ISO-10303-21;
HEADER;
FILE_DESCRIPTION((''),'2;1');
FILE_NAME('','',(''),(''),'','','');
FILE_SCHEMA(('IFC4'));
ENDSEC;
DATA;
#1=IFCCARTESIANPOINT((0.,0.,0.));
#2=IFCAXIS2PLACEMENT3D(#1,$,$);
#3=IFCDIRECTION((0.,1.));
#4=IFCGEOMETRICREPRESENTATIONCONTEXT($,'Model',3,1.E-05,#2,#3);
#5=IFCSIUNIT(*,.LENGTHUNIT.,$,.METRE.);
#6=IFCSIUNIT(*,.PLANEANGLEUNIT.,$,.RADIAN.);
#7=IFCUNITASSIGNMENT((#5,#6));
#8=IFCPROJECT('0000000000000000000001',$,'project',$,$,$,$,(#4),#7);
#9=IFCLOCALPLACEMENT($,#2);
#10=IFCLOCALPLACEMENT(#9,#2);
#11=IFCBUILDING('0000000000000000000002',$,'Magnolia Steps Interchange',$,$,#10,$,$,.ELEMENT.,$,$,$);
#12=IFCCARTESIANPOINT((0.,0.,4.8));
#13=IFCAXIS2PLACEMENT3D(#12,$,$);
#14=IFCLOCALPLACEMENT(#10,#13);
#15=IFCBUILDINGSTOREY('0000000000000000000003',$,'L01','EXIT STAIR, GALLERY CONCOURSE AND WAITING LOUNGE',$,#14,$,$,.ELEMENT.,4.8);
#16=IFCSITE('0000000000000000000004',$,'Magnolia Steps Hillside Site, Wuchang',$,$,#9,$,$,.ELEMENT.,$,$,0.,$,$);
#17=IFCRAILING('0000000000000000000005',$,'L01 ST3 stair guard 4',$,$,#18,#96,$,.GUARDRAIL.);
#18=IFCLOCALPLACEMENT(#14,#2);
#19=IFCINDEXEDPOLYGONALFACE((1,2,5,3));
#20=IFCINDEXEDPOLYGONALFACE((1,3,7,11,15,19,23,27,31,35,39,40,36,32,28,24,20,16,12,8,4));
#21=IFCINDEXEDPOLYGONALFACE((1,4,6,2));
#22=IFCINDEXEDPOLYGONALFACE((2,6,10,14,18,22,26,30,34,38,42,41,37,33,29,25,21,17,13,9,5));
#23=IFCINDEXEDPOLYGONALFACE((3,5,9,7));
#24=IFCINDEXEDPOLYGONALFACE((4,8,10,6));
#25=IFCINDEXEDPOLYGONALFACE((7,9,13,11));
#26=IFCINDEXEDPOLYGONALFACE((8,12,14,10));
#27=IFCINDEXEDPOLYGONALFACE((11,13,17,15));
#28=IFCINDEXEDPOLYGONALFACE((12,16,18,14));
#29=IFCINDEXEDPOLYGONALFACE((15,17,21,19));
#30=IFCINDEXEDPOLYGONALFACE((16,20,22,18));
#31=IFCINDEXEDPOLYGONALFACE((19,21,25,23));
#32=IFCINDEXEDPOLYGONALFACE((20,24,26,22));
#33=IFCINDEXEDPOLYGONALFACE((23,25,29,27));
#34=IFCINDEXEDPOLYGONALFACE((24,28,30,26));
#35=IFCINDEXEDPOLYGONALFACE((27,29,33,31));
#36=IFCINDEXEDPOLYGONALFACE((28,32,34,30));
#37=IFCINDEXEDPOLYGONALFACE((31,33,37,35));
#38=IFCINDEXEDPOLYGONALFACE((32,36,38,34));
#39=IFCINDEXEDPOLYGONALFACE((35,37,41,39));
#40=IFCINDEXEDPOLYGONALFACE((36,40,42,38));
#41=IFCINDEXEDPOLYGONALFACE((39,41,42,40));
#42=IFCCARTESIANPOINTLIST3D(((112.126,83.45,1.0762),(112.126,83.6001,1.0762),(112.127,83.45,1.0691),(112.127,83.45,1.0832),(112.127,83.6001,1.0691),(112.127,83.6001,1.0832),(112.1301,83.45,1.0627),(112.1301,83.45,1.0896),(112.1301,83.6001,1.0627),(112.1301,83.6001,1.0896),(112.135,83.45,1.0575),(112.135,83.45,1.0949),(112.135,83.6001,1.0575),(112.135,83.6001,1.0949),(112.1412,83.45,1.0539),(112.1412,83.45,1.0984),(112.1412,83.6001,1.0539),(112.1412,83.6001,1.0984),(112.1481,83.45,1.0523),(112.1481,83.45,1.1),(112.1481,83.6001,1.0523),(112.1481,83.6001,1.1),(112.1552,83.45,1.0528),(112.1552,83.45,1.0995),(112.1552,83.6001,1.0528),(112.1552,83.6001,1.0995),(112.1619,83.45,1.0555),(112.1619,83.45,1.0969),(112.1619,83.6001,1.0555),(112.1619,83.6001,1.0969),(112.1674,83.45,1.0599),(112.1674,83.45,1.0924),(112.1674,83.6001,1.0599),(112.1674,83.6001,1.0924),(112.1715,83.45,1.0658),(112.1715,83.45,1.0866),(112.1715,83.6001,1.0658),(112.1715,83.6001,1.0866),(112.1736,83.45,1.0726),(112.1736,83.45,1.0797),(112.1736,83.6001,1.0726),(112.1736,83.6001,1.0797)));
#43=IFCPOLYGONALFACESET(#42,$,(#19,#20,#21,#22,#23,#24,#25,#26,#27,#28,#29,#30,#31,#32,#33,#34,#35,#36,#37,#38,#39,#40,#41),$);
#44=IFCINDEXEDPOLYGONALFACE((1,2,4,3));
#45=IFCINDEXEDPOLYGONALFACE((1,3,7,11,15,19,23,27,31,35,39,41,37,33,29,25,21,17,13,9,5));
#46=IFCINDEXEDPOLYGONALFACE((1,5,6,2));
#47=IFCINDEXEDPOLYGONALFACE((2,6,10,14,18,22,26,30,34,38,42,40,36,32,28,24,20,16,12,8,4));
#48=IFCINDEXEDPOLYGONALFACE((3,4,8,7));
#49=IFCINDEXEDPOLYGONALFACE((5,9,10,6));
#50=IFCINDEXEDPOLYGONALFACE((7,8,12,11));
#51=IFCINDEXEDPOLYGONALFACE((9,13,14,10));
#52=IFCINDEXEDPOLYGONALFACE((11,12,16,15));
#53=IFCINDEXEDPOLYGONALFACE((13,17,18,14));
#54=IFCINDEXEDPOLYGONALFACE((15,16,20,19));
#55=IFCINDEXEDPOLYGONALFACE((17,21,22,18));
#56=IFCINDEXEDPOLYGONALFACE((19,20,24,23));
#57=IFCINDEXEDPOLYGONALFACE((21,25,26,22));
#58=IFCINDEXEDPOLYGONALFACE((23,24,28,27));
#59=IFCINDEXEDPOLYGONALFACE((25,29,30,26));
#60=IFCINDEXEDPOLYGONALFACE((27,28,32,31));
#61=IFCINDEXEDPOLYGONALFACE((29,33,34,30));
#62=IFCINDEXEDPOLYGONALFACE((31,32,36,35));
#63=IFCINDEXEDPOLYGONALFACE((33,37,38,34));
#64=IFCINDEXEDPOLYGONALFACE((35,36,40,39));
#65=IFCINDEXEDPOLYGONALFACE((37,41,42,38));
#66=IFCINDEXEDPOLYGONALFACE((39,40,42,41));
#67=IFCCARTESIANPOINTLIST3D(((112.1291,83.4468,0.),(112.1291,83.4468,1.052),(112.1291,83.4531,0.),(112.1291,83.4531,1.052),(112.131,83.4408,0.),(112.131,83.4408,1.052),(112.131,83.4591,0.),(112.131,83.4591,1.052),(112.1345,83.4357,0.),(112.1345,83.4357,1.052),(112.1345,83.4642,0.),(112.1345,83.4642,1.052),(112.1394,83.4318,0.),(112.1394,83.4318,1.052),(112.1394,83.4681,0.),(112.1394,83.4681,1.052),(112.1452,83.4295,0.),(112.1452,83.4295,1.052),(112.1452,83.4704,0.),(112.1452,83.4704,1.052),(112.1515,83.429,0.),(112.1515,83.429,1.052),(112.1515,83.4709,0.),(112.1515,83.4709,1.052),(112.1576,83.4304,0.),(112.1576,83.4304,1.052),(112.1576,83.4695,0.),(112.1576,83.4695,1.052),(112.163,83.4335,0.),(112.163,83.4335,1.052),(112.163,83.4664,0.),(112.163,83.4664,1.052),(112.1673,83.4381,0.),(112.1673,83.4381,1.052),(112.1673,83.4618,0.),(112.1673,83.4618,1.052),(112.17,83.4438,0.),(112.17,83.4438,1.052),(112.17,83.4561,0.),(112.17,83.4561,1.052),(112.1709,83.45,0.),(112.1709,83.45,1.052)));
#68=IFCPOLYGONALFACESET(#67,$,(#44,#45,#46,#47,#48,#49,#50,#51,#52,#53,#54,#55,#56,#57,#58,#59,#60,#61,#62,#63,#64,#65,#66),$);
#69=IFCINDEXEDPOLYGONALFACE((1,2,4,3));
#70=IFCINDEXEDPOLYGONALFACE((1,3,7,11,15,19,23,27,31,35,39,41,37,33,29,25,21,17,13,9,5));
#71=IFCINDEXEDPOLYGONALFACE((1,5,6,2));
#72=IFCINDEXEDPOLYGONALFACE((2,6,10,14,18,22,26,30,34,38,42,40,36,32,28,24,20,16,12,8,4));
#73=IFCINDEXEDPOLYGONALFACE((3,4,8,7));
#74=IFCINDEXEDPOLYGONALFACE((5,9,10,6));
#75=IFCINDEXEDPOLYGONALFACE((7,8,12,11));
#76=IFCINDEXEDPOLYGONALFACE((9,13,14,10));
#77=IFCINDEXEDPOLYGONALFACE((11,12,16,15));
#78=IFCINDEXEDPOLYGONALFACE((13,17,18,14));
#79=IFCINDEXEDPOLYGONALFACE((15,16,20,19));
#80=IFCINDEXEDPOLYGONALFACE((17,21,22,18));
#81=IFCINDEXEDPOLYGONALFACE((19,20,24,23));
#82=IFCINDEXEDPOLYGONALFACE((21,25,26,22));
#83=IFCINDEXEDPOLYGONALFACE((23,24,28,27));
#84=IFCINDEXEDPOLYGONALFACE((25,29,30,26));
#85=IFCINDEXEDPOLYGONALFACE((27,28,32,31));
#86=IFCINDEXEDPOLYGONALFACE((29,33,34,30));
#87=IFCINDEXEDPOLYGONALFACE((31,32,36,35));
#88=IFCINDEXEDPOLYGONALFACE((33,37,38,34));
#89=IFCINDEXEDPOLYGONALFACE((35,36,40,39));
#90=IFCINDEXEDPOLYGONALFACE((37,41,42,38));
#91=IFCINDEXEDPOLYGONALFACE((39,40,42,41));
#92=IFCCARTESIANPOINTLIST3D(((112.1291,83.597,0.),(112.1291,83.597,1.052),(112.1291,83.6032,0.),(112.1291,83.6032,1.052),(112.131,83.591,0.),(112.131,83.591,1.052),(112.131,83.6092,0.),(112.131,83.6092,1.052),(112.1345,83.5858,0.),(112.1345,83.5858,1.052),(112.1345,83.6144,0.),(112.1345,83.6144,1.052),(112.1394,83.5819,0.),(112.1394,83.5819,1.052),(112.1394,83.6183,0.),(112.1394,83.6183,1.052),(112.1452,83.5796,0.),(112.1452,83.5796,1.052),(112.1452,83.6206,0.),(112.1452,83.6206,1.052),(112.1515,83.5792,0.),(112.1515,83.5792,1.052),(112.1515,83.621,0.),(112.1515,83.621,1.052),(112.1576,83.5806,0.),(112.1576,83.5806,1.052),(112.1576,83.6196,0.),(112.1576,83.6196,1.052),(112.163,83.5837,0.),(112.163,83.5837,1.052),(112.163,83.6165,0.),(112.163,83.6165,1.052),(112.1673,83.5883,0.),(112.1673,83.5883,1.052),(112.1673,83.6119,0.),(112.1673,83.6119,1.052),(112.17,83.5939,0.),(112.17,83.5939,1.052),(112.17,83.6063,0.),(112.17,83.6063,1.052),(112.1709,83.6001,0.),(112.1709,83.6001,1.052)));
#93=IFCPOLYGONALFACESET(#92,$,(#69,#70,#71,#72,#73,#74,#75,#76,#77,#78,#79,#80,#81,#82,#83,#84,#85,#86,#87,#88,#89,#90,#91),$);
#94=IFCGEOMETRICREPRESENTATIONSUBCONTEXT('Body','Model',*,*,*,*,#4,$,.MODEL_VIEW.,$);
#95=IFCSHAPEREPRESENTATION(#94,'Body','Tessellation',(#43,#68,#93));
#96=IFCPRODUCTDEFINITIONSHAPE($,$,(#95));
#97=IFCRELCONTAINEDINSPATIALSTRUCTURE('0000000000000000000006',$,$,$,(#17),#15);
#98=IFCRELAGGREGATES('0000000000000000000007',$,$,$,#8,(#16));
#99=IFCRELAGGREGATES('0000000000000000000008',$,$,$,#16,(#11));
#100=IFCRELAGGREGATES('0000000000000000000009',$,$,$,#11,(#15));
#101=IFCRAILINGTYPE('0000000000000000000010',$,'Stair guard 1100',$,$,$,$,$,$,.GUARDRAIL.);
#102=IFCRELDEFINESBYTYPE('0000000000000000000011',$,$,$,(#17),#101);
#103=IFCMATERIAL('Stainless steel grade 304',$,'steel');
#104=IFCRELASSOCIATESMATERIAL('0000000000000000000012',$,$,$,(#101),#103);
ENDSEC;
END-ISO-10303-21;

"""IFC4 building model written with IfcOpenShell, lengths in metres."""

from ifc_helpers import new_model, si_unit, direction, frame, origin, origin_2d, place, context, subcontext, project, spatial, circle, extrude, material, type_object, element, save


model = new_model("IFC4")

# Units and contexts
model_context = context("Model", 3, precision=1e-05, world=origin(), true_north=direction((0.0, 1.0)))
body_context = subcontext(model_context, "Body", "Model", "MODEL_VIEW")
ifc_project = project(units=[si_unit("LENGTHUNIT", "METRE"), si_unit("PLANEANGLEUNIT", "RADIAN")], contexts=[model_context])

# Site, building, storey
site_placement = place(None, origin())
site = spatial("IfcSite", under=ifc_project, at=site_placement, Name="Magnolia Steps Hillside Site, Wuchang", CompositionType="ELEMENT", RefElevation=0.0)
building_placement = place(site_placement, origin())
building = spatial("IfcBuilding", under=site, at=building_placement, Name="Magnolia Steps Interchange", CompositionType="ELEMENT")
storey_placement = place(building_placement, frame((0.0, 0.0, 4.8)))
storey = spatial("IfcBuildingStorey", under=building, at=storey_placement, Name="L01", Description="EXIT STAIR, GALLERY CONCOURSE AND WAITING LOUNGE", CompositionType="ELEMENT", Elevation=4.8)

# Railing
ifc_material_1 = material(Name="Stainless steel grade 304", Category="steel")
railing_type_1 = type_object("IfcRailingType", Name="Stair guard 1100", PredefinedType="GUARDRAIL", material=ifc_material_1)
railing_1_placement = place(storey_placement, frame((112.1499, 83.45, 0.0)))
element("IfcRailing", 1, at=railing_1_placement, inside=storey, type_object=railing_type_1, Name="L01 ST3 stair guard 4", PredefinedType="GUARDRAIL", context=body_context, shape_type="SweptSolid", body=[
    extrude(circle(Radius=0.0239, at=origin_2d()), frame((0.0, 0.0, 1.0762), z_axis=(0.0, 1.0, 0.0), x_axis=(-1.0, 0.0, 0.0)), (0.0, 0.0, 1.0), 0.1501),
    extrude(circle(Radius=0.021, at=origin_2d()), origin(), (0.0, 0.0, 1.0), 1.052),
    extrude(circle(Radius=0.021, at=origin_2d()), frame((0.0, 0.1501, 0.0)), (0.0, 0.0, 1.0), 1.052),
])

save(model, "model.ifc")
